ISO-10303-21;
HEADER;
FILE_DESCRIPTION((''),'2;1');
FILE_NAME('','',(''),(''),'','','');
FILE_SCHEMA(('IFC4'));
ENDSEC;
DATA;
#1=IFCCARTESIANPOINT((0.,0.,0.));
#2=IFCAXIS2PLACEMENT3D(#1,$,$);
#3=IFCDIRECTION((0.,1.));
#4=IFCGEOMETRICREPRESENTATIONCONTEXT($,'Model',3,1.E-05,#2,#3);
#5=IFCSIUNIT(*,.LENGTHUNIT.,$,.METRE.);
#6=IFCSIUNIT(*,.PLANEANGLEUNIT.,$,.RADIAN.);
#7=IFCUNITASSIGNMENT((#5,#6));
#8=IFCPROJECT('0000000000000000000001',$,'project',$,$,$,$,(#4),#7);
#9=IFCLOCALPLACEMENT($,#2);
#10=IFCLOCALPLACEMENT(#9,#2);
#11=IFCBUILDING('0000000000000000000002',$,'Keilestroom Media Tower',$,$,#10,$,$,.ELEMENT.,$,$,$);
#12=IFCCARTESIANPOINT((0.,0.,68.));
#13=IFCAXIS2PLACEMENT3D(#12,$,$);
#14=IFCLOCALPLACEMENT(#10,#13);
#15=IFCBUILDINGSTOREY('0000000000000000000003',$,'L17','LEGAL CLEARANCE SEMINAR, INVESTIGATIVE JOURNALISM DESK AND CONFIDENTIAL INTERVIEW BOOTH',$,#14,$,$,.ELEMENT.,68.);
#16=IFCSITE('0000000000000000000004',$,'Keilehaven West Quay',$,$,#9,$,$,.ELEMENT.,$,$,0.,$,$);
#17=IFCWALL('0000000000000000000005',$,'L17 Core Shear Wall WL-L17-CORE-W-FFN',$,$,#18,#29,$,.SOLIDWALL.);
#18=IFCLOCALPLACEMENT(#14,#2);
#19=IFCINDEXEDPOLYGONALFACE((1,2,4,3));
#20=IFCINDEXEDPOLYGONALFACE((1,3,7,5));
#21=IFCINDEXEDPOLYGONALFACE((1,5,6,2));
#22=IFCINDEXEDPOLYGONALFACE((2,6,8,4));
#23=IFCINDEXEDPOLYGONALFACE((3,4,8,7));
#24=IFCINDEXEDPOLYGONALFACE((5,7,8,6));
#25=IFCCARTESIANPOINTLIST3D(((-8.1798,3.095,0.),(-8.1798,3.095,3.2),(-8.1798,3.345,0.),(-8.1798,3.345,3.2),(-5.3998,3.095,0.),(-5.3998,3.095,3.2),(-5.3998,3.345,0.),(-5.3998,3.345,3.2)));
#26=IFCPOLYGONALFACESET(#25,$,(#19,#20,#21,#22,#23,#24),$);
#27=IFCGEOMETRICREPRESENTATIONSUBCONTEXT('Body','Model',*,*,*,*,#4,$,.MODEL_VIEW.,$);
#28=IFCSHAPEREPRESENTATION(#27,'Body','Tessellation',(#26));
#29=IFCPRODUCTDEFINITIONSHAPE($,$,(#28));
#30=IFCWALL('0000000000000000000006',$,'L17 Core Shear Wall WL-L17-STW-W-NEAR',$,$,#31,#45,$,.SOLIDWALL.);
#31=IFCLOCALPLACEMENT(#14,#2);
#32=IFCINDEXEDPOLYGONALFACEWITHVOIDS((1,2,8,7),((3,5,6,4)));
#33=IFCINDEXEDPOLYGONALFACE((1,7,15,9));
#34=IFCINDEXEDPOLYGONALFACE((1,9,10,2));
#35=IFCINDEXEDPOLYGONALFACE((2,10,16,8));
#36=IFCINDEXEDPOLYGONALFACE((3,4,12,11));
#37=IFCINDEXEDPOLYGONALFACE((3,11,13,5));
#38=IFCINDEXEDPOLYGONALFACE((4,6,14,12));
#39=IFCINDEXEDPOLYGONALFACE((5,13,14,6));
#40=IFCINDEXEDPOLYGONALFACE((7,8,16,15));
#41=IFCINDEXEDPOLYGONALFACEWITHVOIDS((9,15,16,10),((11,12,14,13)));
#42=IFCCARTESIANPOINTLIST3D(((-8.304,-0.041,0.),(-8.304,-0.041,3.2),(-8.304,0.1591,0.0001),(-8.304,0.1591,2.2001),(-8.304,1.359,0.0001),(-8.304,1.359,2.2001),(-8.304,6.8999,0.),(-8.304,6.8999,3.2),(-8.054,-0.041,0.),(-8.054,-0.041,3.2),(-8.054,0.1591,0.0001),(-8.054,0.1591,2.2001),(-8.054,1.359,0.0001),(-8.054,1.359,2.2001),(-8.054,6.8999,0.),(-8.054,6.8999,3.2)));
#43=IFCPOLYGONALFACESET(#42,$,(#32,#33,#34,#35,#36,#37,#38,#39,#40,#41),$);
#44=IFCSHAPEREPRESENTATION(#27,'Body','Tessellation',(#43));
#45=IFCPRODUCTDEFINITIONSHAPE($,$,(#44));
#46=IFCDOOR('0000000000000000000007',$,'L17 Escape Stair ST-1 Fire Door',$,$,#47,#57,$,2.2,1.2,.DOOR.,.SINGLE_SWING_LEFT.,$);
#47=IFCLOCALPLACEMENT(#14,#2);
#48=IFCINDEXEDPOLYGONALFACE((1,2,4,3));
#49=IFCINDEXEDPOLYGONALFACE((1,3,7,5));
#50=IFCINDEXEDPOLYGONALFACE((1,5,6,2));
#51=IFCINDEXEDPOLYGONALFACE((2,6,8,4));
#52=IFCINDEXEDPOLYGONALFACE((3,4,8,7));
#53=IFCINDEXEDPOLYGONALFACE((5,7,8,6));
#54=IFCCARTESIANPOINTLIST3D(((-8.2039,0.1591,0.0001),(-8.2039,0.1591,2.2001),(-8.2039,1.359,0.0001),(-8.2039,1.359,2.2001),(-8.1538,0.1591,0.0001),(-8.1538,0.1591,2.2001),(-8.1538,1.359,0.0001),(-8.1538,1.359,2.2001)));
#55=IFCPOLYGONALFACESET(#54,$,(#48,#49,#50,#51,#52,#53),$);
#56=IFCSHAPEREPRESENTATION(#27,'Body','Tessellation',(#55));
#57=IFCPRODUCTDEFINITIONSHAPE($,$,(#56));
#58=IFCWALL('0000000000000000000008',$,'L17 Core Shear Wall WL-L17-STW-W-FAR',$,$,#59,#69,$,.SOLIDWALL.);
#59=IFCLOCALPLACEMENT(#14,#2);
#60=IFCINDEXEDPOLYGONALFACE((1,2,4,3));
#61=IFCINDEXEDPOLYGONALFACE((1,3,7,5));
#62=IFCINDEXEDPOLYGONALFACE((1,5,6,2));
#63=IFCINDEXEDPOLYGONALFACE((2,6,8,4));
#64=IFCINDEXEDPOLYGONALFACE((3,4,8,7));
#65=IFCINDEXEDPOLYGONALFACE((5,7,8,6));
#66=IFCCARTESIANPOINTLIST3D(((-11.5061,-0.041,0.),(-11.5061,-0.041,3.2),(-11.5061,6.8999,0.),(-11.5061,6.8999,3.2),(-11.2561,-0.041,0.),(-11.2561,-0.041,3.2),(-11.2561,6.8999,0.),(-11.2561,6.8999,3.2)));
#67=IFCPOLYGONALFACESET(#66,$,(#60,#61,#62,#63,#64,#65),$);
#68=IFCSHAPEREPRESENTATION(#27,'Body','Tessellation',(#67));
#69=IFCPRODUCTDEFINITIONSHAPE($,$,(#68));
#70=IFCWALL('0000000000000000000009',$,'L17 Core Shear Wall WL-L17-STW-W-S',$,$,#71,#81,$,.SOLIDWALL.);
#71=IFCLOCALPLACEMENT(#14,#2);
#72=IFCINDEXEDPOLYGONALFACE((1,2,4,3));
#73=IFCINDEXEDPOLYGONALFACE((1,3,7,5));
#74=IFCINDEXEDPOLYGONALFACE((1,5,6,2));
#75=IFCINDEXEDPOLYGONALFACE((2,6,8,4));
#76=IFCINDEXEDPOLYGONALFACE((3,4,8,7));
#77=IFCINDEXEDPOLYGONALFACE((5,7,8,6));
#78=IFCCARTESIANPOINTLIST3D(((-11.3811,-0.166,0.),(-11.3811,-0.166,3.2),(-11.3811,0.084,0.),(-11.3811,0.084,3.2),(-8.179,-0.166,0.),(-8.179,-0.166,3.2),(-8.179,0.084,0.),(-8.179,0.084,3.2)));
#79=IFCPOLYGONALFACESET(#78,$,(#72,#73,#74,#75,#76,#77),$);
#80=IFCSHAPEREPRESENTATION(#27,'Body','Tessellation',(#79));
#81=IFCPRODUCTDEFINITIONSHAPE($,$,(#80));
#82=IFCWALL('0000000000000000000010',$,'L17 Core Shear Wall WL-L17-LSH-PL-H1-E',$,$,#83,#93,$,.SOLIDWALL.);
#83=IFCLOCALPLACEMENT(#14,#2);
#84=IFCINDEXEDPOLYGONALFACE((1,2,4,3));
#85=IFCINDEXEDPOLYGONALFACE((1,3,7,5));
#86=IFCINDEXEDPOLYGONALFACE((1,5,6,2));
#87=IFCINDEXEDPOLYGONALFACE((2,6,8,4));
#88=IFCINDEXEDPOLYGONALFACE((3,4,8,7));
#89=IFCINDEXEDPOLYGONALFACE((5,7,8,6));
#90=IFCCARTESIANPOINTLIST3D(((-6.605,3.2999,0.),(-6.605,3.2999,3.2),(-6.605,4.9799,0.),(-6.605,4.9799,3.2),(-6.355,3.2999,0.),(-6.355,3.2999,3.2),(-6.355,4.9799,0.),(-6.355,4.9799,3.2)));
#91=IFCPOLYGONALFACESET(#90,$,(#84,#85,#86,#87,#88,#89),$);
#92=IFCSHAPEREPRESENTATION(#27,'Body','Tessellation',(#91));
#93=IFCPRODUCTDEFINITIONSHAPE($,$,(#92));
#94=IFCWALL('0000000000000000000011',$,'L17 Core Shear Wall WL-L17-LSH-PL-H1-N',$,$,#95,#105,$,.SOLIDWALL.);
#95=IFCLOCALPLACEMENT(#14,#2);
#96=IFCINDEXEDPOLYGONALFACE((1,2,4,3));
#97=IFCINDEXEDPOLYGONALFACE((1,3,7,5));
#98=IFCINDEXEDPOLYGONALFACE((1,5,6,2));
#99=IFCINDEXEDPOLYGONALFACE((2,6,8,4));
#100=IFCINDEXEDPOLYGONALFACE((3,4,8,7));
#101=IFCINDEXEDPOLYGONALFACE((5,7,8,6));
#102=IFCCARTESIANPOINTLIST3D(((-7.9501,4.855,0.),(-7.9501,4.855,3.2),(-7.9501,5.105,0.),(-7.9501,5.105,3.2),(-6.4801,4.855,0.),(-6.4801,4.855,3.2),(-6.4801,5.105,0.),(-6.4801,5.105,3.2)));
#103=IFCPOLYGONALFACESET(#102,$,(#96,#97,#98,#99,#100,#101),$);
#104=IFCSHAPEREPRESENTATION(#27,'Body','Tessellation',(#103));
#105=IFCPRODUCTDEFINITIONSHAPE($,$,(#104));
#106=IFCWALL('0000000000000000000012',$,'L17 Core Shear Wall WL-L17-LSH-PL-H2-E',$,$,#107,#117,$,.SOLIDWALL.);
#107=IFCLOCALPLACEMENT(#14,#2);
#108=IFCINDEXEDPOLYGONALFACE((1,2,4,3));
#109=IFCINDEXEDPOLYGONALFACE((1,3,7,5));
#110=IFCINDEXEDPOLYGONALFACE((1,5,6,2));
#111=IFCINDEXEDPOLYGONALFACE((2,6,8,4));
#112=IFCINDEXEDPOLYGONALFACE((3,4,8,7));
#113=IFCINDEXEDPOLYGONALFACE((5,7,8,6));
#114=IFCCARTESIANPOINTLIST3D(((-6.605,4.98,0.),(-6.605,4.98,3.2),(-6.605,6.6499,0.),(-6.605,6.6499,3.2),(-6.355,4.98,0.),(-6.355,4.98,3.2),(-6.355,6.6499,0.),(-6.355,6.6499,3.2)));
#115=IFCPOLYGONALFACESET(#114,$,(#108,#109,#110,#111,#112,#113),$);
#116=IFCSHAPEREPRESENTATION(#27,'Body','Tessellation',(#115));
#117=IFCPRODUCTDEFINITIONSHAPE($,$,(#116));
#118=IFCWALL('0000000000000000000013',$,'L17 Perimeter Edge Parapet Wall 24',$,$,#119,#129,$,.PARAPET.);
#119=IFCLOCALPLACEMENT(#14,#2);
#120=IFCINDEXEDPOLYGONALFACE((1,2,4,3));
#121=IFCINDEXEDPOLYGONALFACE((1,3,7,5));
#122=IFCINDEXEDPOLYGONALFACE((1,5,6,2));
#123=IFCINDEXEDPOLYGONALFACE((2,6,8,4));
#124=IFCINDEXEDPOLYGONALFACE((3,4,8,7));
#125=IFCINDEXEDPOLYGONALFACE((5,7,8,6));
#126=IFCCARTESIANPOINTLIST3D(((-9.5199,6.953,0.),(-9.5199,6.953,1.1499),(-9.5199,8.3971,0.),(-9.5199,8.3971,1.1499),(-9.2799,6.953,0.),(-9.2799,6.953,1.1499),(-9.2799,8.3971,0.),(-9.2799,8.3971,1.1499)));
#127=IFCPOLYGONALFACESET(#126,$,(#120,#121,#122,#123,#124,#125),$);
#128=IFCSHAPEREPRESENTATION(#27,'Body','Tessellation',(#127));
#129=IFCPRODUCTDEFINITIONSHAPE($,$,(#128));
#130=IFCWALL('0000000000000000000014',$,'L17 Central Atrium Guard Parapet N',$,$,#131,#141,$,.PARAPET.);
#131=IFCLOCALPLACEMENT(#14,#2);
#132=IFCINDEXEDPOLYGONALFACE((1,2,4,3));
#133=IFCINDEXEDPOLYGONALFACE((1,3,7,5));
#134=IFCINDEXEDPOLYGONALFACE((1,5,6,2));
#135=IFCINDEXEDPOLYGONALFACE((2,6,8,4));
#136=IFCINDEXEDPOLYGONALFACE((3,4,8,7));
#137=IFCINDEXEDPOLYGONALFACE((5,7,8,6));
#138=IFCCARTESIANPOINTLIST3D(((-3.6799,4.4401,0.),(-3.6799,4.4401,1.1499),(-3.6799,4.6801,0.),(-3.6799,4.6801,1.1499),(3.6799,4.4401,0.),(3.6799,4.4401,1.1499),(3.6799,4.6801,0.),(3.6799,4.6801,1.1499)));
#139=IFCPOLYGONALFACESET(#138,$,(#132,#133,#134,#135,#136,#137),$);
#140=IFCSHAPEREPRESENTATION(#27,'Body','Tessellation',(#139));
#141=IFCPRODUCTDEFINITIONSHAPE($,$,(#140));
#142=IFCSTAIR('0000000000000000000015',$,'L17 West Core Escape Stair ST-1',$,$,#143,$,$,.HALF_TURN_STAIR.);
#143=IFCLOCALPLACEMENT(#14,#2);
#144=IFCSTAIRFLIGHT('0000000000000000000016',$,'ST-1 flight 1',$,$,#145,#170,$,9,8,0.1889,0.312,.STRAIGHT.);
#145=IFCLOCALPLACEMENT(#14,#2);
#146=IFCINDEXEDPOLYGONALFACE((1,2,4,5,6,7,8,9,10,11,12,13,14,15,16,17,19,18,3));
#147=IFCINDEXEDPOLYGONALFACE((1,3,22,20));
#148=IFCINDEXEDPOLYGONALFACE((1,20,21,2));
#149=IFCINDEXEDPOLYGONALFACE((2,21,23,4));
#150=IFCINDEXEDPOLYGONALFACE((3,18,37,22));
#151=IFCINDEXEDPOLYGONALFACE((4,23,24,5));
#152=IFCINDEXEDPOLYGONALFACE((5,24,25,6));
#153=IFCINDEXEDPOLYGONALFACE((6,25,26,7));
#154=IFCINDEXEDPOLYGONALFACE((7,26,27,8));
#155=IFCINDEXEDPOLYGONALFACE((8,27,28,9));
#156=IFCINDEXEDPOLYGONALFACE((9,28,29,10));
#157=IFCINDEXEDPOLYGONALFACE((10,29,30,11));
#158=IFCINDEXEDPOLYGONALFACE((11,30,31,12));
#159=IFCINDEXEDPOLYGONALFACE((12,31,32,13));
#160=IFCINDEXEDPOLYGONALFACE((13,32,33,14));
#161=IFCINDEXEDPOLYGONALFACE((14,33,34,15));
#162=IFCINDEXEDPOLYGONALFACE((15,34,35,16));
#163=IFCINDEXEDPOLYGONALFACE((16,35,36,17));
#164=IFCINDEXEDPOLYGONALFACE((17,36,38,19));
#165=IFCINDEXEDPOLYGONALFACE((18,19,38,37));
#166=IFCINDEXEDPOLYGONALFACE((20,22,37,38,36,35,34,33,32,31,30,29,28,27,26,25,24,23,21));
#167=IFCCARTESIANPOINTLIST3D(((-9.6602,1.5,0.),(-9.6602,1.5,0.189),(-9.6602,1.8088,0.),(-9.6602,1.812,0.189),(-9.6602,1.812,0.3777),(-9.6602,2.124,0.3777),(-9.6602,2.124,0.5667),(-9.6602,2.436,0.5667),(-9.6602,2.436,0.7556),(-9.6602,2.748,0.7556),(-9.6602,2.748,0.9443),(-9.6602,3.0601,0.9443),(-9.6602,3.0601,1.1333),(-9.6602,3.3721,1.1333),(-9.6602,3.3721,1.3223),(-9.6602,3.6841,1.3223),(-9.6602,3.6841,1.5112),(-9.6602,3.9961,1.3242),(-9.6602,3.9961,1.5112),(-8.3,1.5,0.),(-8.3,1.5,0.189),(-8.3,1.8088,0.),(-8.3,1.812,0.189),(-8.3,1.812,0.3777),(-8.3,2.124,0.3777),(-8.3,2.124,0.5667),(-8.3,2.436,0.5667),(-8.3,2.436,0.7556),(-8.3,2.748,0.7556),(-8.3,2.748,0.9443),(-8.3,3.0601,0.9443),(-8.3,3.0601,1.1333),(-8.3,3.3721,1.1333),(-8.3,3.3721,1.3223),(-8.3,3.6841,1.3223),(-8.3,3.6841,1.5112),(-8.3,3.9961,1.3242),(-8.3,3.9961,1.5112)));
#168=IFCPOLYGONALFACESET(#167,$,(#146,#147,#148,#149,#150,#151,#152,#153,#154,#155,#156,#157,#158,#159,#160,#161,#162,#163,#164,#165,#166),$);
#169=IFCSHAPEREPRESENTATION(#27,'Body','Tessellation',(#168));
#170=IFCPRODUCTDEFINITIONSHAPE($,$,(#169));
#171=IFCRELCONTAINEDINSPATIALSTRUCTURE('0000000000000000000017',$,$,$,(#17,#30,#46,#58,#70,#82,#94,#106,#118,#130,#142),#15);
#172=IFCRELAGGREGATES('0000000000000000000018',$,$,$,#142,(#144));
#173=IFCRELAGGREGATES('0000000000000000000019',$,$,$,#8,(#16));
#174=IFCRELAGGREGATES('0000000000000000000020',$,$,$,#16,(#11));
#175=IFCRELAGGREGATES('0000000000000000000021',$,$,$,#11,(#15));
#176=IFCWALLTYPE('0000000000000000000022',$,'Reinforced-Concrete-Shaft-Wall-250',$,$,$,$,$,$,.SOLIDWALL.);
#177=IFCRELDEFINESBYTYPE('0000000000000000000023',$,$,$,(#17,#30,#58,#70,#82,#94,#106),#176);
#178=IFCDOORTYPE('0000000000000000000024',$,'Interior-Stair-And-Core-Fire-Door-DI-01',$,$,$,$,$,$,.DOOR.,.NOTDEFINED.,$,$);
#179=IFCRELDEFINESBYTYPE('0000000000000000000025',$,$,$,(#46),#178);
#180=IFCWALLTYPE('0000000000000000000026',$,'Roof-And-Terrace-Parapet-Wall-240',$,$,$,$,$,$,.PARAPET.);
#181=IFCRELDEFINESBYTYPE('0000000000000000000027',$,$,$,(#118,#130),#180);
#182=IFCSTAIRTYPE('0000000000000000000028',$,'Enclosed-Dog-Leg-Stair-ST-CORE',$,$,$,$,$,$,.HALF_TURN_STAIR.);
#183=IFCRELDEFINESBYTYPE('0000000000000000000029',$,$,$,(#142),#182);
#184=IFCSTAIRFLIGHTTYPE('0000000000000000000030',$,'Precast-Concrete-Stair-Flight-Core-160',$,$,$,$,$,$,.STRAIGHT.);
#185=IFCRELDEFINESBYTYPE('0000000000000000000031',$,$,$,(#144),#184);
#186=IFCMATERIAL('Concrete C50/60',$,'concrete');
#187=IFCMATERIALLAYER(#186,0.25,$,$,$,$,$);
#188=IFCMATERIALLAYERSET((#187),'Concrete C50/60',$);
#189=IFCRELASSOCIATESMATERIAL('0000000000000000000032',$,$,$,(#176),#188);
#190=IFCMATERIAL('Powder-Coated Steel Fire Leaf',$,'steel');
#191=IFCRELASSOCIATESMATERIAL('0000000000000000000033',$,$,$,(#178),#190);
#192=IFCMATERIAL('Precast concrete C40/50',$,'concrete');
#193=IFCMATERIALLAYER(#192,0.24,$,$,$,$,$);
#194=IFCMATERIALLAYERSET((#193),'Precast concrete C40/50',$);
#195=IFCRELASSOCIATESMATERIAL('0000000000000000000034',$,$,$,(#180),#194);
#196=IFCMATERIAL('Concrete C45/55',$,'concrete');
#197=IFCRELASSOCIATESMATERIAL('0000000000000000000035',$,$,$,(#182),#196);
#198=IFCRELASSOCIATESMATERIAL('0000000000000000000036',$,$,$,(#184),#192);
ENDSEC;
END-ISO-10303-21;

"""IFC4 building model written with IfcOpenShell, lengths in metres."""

from ifc_helpers import new_model, si_unit, direction, frame, frame_2d, origin, place, context, subcontext, project, spatial, polyline, rectangle, outline, extrude, source, transform, mapped, material, layer, layer_set, type_object, element, fill, aggregate, save


model = new_model("IFC4")

# Units and contexts
model_context = context("Model", 3, precision=1e-05, world=origin(), true_north=direction((0.0, 1.0)))
body_context = subcontext(model_context, "Body", "Model", "MODEL_VIEW")
ifc_project = project(units=[si_unit("LENGTHUNIT", "METRE"), si_unit("PLANEANGLEUNIT", "RADIAN")], contexts=[model_context])

# Site, building, storey
site_placement = place(None, origin())
site = spatial("IfcSite", under=ifc_project, at=site_placement, Name="Keilehaven West Quay", CompositionType="ELEMENT", RefElevation=0.0)
building_placement = place(site_placement, origin())
building = spatial("IfcBuilding", under=site, at=building_placement, Name="Keilestroom Media Tower", CompositionType="ELEMENT")
storey_placement = place(building_placement, frame((0.0, 0.0, 68.0)))
storey = spatial("IfcBuildingStorey", under=building, at=storey_placement, Name="L17", Description="LEGAL CLEARANCE SEMINAR, INVESTIGATIVE JOURNALISM DESK AND CONFIDENTIAL INTERVIEW BOOTH", CompositionType="ELEMENT", Elevation=68.0)

# Shared definitions
ifc_material_1 = material(Name="Concrete C50/60", Category="concrete")

# Wall
ifc_layer_1 = layer(ifc_material_1, 0.25)
ifc_layer_set_1 = layer_set([ifc_layer_1], Name="Concrete C50/60")
wall_type_1 = type_object("IfcWallType", Name="Reinforced-Concrete-Shaft-Wall-250", PredefinedType="SOLIDWALL", material=ifc_layer_set_1)
wall_1_placement = place(storey_placement, frame((-8.1799, 3.22, 0.0), z_axis=(0.0, 0.0, 1.0), x_axis=(1.0, 0.0, 0.0)))
element("IfcWall", 1, at=wall_1_placement, inside=storey, type_object=wall_type_1, Name="L17 Core Shear Wall WL-L17-CORE-W-FFN", PredefinedType="SOLIDWALL", context=body_context, shape_type="SweptSolid", body=[
    extrude(rectangle(XDim=2.78, YDim=0.25, at=frame_2d((1.3901, 0.0))), origin(), (0.0, 0.0, 1.0), 3.2),
])

# Wall, opening, door
wall_2_placement = place(storey_placement, frame((-8.179, -0.041, 0.0), z_axis=(0.0, 0.0, 1.0), x_axis=(0.0, 1.0, 0.0)))
wall_2 = element("IfcWall", 2, at=wall_2_placement, inside=storey, type_object=wall_type_1, Name="L17 Core Shear Wall WL-L17-STW-W-NEAR", PredefinedType="SOLIDWALL", context=body_context, shape_type="SweptSolid", body=[
    extrude(rectangle(XDim=6.9409, YDim=0.25, at=frame_2d((3.4705, 0.0))), origin(), (0.0, 0.0, 1.0), 3.2),
])
opening_placement = place(wall_2_placement, frame((0.2, 0.0, 0.0)))
opening = element("IfcOpeningElement", 3, at=opening_placement, cuts=wall_2, PredefinedType="OPENING", context=body_context, shape_type="SweptSolid", body=[
    extrude(rectangle(XDim=1.2, YDim=2.2, at=frame_2d((0.6001, 1.1001))), frame((0.0, 0.135, 0.0), z_axis=(0.0, -1.0, 0.0), x_axis=(1.0, 0.0, 0.0)), (0.0, 0.0, 1.0), 0.27),
])
ifc_material_2 = material(Name="Powder-Coated Steel Fire Leaf", Category="steel")
door_type = type_object("IfcDoorType", Name="Interior-Stair-And-Core-Fire-Door-DI-01", OperationType="NOTDEFINED", PredefinedType="DOOR", material=ifc_material_2)
shared_shape_1 = source(origin(), body_context, "Body", "SweptSolid", [
    extrude(rectangle(XDim=1.2, YDim=2.2, at=frame_2d((0.6001, 1.1001))), frame((0.0, 0.0249, 0.0), z_axis=(0.0, -1.0, 0.0), x_axis=(1.0, 0.0, 0.0)), (0.0, 0.0, 1.0), 0.05),
])
door_placement = place(opening_placement, origin())
door = element("IfcDoor", 4, at=door_placement, inside=storey, type_object=door_type, Name="L17 Escape Stair ST-1 Fire Door", OperationType="SINGLE_SWING_LEFT", OverallHeight=2.2, OverallWidth=1.2, PredefinedType="DOOR", context=body_context, shape_type="MappedRepresentation", body=[
    mapped(shared_shape_1, transform((0.0, 0.0, 0.0), x_axis=(1.0, 0.0, 0.0), y_axis=(0.0, 1.0, 0.0), z_axis=(0.0, 0.0, 1.0), scale=1.0)),
])
fill(opening, door)

# Walls
wall_3_placement = place(storey_placement, frame((-11.3811, -0.041, 0.0), z_axis=(0.0, 0.0, 1.0), x_axis=(0.0, 1.0, 0.0)))
element("IfcWall", 5, at=wall_3_placement, inside=storey, type_object=wall_type_1, Name="L17 Core Shear Wall WL-L17-STW-W-FAR", PredefinedType="SOLIDWALL", context=body_context, shape_type="SweptSolid", body=[
    extrude(rectangle(XDim=6.9409, YDim=0.25, at=frame_2d((3.4705, 0.0))), origin(), (0.0, 0.0, 1.0), 3.2),
])
wall_4_placement = place(storey_placement, frame((-11.3811, -0.041, 0.0), z_axis=(0.0, 0.0, 1.0), x_axis=(1.0, 0.0, 0.0)))
element("IfcWall", 6, at=wall_4_placement, inside=storey, type_object=wall_type_1, Name="L17 Core Shear Wall WL-L17-STW-W-S", PredefinedType="SOLIDWALL", context=body_context, shape_type="SweptSolid", body=[
    extrude(rectangle(XDim=3.2021, YDim=0.25, at=frame_2d((1.6011, 0.0))), origin(), (0.0, 0.0, 1.0), 3.2),
])
wall_5_placement = place(storey_placement, frame((-6.48, 3.3, 0.0), z_axis=(0.0, 0.0, 1.0), x_axis=(0.0, 1.0, 0.0)))
element("IfcWall", 7, at=wall_5_placement, inside=storey, type_object=wall_type_1, Name="L17 Core Shear Wall WL-L17-LSH-PL-H1-E", PredefinedType="SOLIDWALL", context=body_context, shape_type="SweptSolid", body=[
    extrude(rectangle(XDim=1.6799, YDim=0.25, at=frame_2d((0.8398, 0.0))), origin(), (0.0, 0.0, 1.0), 3.2),
])
wall_6_placement = place(storey_placement, frame((-7.95, 4.98, 0.0), z_axis=(0.0, 0.0, 1.0), x_axis=(1.0, 0.0, 0.0)))
element("IfcWall", 8, at=wall_6_placement, inside=storey, type_object=wall_type_1, Name="L17 Core Shear Wall WL-L17-LSH-PL-H1-N", PredefinedType="SOLIDWALL", context=body_context, shape_type="SweptSolid", body=[
    extrude(rectangle(XDim=1.47, YDim=0.25, at=frame_2d((0.7349, 0.0))), origin(), (0.0, 0.0, 1.0), 3.2),
])
wall_7_placement = place(storey_placement, frame((-6.48, 4.98, 0.0), z_axis=(0.0, 0.0, 1.0), x_axis=(0.0, 1.0, 0.0)))
element("IfcWall", 9, at=wall_7_placement, inside=storey, type_object=wall_type_1, Name="L17 Core Shear Wall WL-L17-LSH-PL-H2-E", PredefinedType="SOLIDWALL", context=body_context, shape_type="SweptSolid", body=[
    extrude(rectangle(XDim=1.6699, YDim=0.25, at=frame_2d((0.835, 0.0))), origin(), (0.0, 0.0, 1.0), 3.2),
])
ifc_material_3 = material(Name="Precast concrete C40/50", Category="concrete")
ifc_layer_2 = layer(ifc_material_3, 0.24)
ifc_layer_set_2 = layer_set([ifc_layer_2], Name="Precast concrete C40/50")
wall_type_2 = type_object("IfcWallType", Name="Roof-And-Terrace-Parapet-Wall-240", PredefinedType="PARAPET", material=ifc_layer_set_2)
wall_8_placement = place(storey_placement, frame((-9.3999, 6.9529, 0.0), z_axis=(0.0, 0.0, 1.0), x_axis=(0.0, 1.0, 0.0)))
element("IfcWall", 10, at=wall_8_placement, inside=storey, type_object=wall_type_2, Name="L17 Perimeter Edge Parapet Wall 24", PredefinedType="PARAPET", context=body_context, shape_type="SweptSolid", body=[
    extrude(rectangle(XDim=1.4441, YDim=0.24, at=frame_2d((0.7222, 0.0))), origin(), (0.0, 0.0, 1.0), 1.1499),
])
wall_9_placement = place(storey_placement, frame((-3.6799, 4.5601, 0.0), z_axis=(0.0, 0.0, 1.0), x_axis=(1.0, 0.0, 0.0)))
element("IfcWall", 11, at=wall_9_placement, inside=storey, type_object=wall_type_2, Name="L17 Central Atrium Guard Parapet N", PredefinedType="PARAPET", context=body_context, shape_type="SweptSolid", body=[
    extrude(rectangle(XDim=7.3599, YDim=0.24, at=frame_2d((3.6799, 0.0))), origin(), (0.0, 0.0, 1.0), 1.1499),
])

# Stair, stair flight
ifc_material_4 = material(Name="Concrete C45/55", Category="concrete")
stair_type = type_object("IfcStairType", Name="Enclosed-Dog-Leg-Stair-ST-CORE", PredefinedType="HALF_TURN_STAIR", material=ifc_material_4)
stair_placement = place(storey_placement, origin())
stair = element("IfcStair", 12, at=stair_placement, inside=storey, type_object=stair_type, Name="L17 West Core Escape Stair ST-1", PredefinedType="HALF_TURN_STAIR")
stair_flight_type = type_object("IfcStairFlightType", Name="Precast-Concrete-Stair-Flight-Core-160", PredefinedType="STRAIGHT", material=ifc_material_3)
stair_flight_1_placement = place(storey_placement, frame((-8.98, 1.5, 0.0), z_axis=(0.0, 0.0, 1.0), x_axis=(0.0, 1.0, 0.0)))
stair_flight_1 = element("IfcStairFlight", 13, at=stair_flight_1_placement, type_object=stair_flight_type, Name="ST-1 flight 1", NumberOfRisers=9, NumberOfTreads=8, PredefinedType="STRAIGHT", RiserHeight=0.1889, TreadLength=0.312, context=body_context, shape_type="SweptSolid", body=[
    extrude(outline(polyline([(0.0, 0.0), (0.0, 0.189), (0.312, 0.189), (0.312, 0.3777), (0.624, 0.3777), (0.624, 0.5667), (0.936, 0.5667), (0.936, 0.7556), (1.248, 0.7556), (1.248, 0.9443), (1.5601, 0.9443), (1.5601, 1.1333), (1.8721, 1.1333), (1.8721, 1.3223), (2.1841, 1.3223), (2.1841, 1.5112), (2.4961, 1.5112), (2.4961, 1.7), (2.4961, 1.3242), (0.3088, 0.0), (0.0, 0.0)])), frame((0.0, 0.6802, 0.0), z_axis=(0.0, -1.0, 0.0), x_axis=(1.0, 0.0, 0.0)), (0.0, 0.0, 1.0), 1.3601),
])
aggregate(stair, [stair_flight_1])

save(model, "model.ifc")
